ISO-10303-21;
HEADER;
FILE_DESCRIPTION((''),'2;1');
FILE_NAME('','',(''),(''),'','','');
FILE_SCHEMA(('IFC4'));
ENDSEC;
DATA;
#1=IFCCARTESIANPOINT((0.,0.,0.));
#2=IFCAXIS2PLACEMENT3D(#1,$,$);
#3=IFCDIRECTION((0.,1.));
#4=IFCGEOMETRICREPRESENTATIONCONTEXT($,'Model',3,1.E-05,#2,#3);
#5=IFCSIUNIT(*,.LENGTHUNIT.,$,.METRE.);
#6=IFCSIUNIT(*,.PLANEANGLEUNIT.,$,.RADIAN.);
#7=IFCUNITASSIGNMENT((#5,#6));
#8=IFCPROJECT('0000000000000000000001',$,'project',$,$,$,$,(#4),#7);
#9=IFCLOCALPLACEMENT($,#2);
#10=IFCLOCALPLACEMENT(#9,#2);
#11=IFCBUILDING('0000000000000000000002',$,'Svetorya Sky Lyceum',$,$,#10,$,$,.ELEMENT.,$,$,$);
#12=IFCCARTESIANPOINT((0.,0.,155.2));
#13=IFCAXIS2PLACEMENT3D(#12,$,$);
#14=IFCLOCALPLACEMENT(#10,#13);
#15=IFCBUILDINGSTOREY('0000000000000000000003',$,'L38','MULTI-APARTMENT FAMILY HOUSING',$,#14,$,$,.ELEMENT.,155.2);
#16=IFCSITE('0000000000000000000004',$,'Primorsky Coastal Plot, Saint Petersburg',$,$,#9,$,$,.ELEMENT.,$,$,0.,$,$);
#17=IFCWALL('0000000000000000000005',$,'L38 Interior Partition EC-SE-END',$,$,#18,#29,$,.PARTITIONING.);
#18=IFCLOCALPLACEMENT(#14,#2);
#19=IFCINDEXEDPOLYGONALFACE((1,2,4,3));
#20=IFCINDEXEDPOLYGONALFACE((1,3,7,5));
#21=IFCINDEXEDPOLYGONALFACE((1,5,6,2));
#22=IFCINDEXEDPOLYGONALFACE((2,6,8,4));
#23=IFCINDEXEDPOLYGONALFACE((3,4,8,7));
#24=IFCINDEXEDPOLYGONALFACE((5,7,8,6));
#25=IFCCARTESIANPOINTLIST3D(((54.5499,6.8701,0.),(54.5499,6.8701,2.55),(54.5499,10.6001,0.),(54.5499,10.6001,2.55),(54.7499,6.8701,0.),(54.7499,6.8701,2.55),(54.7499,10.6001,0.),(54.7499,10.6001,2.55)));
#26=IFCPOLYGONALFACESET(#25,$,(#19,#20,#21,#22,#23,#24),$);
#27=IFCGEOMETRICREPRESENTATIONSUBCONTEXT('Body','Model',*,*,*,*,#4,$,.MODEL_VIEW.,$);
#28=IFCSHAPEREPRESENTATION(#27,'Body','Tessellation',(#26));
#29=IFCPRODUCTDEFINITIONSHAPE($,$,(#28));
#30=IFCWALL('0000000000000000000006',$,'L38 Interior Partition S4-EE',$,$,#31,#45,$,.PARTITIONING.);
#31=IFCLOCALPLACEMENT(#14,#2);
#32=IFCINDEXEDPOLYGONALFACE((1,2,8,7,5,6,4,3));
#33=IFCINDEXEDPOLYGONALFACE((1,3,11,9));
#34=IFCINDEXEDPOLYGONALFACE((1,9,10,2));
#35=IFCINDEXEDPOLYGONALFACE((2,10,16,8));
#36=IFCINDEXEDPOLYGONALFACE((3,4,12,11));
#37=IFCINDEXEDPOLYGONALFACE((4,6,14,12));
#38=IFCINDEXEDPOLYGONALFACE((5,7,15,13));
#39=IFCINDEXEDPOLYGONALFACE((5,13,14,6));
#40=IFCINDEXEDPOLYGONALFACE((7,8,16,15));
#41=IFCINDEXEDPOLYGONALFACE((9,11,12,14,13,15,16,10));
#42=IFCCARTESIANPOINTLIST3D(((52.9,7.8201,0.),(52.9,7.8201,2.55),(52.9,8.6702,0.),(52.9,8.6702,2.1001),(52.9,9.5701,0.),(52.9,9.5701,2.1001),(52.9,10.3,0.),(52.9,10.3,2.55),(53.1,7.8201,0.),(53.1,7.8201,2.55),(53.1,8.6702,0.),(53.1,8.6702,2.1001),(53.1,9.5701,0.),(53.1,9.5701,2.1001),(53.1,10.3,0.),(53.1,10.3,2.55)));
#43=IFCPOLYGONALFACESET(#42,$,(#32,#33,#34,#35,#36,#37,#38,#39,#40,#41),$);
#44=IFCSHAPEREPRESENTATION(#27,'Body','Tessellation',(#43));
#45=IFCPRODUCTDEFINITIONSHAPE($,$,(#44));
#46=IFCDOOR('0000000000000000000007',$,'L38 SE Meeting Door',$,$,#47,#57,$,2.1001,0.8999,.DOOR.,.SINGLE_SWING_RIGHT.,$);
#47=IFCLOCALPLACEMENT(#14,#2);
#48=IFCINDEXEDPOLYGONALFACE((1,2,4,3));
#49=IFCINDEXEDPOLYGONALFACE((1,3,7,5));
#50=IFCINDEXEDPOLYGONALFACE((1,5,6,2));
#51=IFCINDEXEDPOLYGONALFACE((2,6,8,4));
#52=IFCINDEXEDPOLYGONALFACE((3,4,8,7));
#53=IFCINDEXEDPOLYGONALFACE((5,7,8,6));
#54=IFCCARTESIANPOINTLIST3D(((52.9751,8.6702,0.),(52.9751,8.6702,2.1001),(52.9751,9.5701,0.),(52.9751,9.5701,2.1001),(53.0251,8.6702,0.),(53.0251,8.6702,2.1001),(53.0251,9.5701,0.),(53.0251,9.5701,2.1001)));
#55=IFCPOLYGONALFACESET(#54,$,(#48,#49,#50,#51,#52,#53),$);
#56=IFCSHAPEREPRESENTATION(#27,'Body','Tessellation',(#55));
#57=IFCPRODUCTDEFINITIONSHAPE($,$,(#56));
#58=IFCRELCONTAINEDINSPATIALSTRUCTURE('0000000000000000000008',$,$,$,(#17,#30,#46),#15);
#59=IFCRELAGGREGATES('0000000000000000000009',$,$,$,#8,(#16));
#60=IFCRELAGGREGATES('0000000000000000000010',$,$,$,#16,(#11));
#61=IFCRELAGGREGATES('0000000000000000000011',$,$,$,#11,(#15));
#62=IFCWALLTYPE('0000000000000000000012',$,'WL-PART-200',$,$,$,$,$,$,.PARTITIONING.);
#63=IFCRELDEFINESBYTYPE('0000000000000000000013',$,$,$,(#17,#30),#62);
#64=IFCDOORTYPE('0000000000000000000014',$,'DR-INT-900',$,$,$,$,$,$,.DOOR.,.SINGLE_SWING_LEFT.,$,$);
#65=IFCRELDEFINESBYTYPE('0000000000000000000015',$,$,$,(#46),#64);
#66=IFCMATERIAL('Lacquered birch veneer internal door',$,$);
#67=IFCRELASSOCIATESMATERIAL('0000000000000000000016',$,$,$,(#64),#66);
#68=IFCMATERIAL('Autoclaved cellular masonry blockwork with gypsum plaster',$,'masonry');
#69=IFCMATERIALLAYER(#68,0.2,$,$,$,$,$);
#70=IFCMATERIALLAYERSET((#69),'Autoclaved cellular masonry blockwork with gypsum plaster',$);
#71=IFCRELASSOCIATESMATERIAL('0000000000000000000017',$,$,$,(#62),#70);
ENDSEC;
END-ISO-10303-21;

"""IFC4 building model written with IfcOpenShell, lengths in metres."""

from ifc_helpers import new_model, si_unit, direction, frame, frame_2d, origin, place, context, subcontext, project, spatial, rectangle, extrude, material, layer, layer_set, type_object, element, fill, save


model = new_model("IFC4")

# Units and contexts
model_context = context("Model", 3, precision=1e-05, world=origin(), true_north=direction((0.0, 1.0)))
body_context = subcontext(model_context, "Body", "Model", "MODEL_VIEW")
ifc_project = project(units=[si_unit("LENGTHUNIT", "METRE"), si_unit("PLANEANGLEUNIT", "RADIAN")], contexts=[model_context])

# Site, building, storey
site_placement = place(None, origin())
site = spatial("IfcSite", under=ifc_project, at=site_placement, Name="Primorsky Coastal Plot, Saint Petersburg", CompositionType="ELEMENT", RefElevation=0.0)
building_placement = place(site_placement, origin())
building = spatial("IfcBuilding", under=site, at=building_placement, Name="Svetorya Sky Lyceum", CompositionType="ELEMENT")
storey_placement = place(building_placement, frame((0.0, 0.0, 155.2)))
storey = spatial("IfcBuildingStorey", under=building, at=storey_placement, Name="L38", Description="MULTI-APARTMENT FAMILY HOUSING", CompositionType="ELEMENT", Elevation=155.2)

# Shared definitions
ifc_material_1 = material(Name="Lacquered birch veneer internal door")
door_type_1 = type_object("IfcDoorType", Name="DR-INT-900", OperationType="SINGLE_SWING_LEFT", PredefinedType="DOOR", material=ifc_material_1)
ifc_material_2 = material(Name="Autoclaved cellular masonry blockwork with gypsum plaster", Category="masonry")
ifc_layer_1 = layer(ifc_material_2, 0.2)
ifc_layer_set_1 = layer_set([ifc_layer_1], Name="Autoclaved cellular masonry blockwork with gypsum plaster")
wall_type_1 = type_object("IfcWallType", Name="WL-PART-200", PredefinedType="PARTITIONING", material=ifc_layer_set_1)

# Wall
wall_1_placement = place(storey_placement, frame((54.6499, 6.8701, 0.0), z_axis=(0.0, 0.0, 1.0), x_axis=(0.0, 1.0, 0.0)))
element("IfcWall", 1, at=wall_1_placement, inside=storey, type_object=wall_type_1, Name="L38 Interior Partition EC-SE-END", PredefinedType="PARTITIONING", context=body_context, shape_type="SweptSolid", body=[
    extrude(rectangle(XDim=3.73, YDim=0.2, at=frame_2d((1.865, 0.0))), origin(), (0.0, 0.0, 1.0), 2.55),
])

# Wall, opening, door
wall_2_placement = place(storey_placement, frame((53.0, 7.8201, 0.0), z_axis=(0.0, 0.0, 1.0), x_axis=(0.0, 1.0, 0.0)))
wall_2 = element("IfcWall", 2, at=wall_2_placement, inside=storey, type_object=wall_type_1, Name="L38 Interior Partition S4-EE", PredefinedType="PARTITIONING", context=body_context, shape_type="SweptSolid", body=[
    extrude(rectangle(XDim=2.48, YDim=0.2, at=frame_2d((1.24, 0.0))), origin(), (0.0, 0.0, 1.0), 2.55),
])
opening_1_placement = place(wall_2_placement, frame((0.8501, 0.0, 0.0)))
opening_1 = element("IfcOpeningElement", 3, at=opening_1_placement, cuts=wall_2, PredefinedType="OPENING", context=body_context, shape_type="SweptSolid", body=[
    extrude(rectangle(XDim=0.8999, YDim=2.1001, at=frame_2d((0.45, 1.05))), frame((0.0, 0.1099, 0.0), z_axis=(0.0, -1.0, 0.0), x_axis=(1.0, 0.0, 0.0)), (0.0, 0.0, 1.0), 0.22),
])
door_1_placement = place(opening_1_placement, origin())
door_1 = element("IfcDoor", 4, at=door_1_placement, inside=storey, type_object=door_type_1, Name="L38 SE Meeting Door", OperationType="SINGLE_SWING_RIGHT", OverallHeight=2.1001, OverallWidth=0.8999, PredefinedType="DOOR", context=body_context, shape_type="SweptSolid", body=[
    extrude(rectangle(XDim=0.8999, YDim=2.1001, at=frame_2d((0.45, 1.05))), frame((0.0, 0.0249, 0.0), z_axis=(0.0, -1.0, 0.0), x_axis=(1.0, 0.0, 0.0)), (0.0, 0.0, 1.0), 0.05),
])
fill(opening_1, door_1)

save(model, "model.ifc")
